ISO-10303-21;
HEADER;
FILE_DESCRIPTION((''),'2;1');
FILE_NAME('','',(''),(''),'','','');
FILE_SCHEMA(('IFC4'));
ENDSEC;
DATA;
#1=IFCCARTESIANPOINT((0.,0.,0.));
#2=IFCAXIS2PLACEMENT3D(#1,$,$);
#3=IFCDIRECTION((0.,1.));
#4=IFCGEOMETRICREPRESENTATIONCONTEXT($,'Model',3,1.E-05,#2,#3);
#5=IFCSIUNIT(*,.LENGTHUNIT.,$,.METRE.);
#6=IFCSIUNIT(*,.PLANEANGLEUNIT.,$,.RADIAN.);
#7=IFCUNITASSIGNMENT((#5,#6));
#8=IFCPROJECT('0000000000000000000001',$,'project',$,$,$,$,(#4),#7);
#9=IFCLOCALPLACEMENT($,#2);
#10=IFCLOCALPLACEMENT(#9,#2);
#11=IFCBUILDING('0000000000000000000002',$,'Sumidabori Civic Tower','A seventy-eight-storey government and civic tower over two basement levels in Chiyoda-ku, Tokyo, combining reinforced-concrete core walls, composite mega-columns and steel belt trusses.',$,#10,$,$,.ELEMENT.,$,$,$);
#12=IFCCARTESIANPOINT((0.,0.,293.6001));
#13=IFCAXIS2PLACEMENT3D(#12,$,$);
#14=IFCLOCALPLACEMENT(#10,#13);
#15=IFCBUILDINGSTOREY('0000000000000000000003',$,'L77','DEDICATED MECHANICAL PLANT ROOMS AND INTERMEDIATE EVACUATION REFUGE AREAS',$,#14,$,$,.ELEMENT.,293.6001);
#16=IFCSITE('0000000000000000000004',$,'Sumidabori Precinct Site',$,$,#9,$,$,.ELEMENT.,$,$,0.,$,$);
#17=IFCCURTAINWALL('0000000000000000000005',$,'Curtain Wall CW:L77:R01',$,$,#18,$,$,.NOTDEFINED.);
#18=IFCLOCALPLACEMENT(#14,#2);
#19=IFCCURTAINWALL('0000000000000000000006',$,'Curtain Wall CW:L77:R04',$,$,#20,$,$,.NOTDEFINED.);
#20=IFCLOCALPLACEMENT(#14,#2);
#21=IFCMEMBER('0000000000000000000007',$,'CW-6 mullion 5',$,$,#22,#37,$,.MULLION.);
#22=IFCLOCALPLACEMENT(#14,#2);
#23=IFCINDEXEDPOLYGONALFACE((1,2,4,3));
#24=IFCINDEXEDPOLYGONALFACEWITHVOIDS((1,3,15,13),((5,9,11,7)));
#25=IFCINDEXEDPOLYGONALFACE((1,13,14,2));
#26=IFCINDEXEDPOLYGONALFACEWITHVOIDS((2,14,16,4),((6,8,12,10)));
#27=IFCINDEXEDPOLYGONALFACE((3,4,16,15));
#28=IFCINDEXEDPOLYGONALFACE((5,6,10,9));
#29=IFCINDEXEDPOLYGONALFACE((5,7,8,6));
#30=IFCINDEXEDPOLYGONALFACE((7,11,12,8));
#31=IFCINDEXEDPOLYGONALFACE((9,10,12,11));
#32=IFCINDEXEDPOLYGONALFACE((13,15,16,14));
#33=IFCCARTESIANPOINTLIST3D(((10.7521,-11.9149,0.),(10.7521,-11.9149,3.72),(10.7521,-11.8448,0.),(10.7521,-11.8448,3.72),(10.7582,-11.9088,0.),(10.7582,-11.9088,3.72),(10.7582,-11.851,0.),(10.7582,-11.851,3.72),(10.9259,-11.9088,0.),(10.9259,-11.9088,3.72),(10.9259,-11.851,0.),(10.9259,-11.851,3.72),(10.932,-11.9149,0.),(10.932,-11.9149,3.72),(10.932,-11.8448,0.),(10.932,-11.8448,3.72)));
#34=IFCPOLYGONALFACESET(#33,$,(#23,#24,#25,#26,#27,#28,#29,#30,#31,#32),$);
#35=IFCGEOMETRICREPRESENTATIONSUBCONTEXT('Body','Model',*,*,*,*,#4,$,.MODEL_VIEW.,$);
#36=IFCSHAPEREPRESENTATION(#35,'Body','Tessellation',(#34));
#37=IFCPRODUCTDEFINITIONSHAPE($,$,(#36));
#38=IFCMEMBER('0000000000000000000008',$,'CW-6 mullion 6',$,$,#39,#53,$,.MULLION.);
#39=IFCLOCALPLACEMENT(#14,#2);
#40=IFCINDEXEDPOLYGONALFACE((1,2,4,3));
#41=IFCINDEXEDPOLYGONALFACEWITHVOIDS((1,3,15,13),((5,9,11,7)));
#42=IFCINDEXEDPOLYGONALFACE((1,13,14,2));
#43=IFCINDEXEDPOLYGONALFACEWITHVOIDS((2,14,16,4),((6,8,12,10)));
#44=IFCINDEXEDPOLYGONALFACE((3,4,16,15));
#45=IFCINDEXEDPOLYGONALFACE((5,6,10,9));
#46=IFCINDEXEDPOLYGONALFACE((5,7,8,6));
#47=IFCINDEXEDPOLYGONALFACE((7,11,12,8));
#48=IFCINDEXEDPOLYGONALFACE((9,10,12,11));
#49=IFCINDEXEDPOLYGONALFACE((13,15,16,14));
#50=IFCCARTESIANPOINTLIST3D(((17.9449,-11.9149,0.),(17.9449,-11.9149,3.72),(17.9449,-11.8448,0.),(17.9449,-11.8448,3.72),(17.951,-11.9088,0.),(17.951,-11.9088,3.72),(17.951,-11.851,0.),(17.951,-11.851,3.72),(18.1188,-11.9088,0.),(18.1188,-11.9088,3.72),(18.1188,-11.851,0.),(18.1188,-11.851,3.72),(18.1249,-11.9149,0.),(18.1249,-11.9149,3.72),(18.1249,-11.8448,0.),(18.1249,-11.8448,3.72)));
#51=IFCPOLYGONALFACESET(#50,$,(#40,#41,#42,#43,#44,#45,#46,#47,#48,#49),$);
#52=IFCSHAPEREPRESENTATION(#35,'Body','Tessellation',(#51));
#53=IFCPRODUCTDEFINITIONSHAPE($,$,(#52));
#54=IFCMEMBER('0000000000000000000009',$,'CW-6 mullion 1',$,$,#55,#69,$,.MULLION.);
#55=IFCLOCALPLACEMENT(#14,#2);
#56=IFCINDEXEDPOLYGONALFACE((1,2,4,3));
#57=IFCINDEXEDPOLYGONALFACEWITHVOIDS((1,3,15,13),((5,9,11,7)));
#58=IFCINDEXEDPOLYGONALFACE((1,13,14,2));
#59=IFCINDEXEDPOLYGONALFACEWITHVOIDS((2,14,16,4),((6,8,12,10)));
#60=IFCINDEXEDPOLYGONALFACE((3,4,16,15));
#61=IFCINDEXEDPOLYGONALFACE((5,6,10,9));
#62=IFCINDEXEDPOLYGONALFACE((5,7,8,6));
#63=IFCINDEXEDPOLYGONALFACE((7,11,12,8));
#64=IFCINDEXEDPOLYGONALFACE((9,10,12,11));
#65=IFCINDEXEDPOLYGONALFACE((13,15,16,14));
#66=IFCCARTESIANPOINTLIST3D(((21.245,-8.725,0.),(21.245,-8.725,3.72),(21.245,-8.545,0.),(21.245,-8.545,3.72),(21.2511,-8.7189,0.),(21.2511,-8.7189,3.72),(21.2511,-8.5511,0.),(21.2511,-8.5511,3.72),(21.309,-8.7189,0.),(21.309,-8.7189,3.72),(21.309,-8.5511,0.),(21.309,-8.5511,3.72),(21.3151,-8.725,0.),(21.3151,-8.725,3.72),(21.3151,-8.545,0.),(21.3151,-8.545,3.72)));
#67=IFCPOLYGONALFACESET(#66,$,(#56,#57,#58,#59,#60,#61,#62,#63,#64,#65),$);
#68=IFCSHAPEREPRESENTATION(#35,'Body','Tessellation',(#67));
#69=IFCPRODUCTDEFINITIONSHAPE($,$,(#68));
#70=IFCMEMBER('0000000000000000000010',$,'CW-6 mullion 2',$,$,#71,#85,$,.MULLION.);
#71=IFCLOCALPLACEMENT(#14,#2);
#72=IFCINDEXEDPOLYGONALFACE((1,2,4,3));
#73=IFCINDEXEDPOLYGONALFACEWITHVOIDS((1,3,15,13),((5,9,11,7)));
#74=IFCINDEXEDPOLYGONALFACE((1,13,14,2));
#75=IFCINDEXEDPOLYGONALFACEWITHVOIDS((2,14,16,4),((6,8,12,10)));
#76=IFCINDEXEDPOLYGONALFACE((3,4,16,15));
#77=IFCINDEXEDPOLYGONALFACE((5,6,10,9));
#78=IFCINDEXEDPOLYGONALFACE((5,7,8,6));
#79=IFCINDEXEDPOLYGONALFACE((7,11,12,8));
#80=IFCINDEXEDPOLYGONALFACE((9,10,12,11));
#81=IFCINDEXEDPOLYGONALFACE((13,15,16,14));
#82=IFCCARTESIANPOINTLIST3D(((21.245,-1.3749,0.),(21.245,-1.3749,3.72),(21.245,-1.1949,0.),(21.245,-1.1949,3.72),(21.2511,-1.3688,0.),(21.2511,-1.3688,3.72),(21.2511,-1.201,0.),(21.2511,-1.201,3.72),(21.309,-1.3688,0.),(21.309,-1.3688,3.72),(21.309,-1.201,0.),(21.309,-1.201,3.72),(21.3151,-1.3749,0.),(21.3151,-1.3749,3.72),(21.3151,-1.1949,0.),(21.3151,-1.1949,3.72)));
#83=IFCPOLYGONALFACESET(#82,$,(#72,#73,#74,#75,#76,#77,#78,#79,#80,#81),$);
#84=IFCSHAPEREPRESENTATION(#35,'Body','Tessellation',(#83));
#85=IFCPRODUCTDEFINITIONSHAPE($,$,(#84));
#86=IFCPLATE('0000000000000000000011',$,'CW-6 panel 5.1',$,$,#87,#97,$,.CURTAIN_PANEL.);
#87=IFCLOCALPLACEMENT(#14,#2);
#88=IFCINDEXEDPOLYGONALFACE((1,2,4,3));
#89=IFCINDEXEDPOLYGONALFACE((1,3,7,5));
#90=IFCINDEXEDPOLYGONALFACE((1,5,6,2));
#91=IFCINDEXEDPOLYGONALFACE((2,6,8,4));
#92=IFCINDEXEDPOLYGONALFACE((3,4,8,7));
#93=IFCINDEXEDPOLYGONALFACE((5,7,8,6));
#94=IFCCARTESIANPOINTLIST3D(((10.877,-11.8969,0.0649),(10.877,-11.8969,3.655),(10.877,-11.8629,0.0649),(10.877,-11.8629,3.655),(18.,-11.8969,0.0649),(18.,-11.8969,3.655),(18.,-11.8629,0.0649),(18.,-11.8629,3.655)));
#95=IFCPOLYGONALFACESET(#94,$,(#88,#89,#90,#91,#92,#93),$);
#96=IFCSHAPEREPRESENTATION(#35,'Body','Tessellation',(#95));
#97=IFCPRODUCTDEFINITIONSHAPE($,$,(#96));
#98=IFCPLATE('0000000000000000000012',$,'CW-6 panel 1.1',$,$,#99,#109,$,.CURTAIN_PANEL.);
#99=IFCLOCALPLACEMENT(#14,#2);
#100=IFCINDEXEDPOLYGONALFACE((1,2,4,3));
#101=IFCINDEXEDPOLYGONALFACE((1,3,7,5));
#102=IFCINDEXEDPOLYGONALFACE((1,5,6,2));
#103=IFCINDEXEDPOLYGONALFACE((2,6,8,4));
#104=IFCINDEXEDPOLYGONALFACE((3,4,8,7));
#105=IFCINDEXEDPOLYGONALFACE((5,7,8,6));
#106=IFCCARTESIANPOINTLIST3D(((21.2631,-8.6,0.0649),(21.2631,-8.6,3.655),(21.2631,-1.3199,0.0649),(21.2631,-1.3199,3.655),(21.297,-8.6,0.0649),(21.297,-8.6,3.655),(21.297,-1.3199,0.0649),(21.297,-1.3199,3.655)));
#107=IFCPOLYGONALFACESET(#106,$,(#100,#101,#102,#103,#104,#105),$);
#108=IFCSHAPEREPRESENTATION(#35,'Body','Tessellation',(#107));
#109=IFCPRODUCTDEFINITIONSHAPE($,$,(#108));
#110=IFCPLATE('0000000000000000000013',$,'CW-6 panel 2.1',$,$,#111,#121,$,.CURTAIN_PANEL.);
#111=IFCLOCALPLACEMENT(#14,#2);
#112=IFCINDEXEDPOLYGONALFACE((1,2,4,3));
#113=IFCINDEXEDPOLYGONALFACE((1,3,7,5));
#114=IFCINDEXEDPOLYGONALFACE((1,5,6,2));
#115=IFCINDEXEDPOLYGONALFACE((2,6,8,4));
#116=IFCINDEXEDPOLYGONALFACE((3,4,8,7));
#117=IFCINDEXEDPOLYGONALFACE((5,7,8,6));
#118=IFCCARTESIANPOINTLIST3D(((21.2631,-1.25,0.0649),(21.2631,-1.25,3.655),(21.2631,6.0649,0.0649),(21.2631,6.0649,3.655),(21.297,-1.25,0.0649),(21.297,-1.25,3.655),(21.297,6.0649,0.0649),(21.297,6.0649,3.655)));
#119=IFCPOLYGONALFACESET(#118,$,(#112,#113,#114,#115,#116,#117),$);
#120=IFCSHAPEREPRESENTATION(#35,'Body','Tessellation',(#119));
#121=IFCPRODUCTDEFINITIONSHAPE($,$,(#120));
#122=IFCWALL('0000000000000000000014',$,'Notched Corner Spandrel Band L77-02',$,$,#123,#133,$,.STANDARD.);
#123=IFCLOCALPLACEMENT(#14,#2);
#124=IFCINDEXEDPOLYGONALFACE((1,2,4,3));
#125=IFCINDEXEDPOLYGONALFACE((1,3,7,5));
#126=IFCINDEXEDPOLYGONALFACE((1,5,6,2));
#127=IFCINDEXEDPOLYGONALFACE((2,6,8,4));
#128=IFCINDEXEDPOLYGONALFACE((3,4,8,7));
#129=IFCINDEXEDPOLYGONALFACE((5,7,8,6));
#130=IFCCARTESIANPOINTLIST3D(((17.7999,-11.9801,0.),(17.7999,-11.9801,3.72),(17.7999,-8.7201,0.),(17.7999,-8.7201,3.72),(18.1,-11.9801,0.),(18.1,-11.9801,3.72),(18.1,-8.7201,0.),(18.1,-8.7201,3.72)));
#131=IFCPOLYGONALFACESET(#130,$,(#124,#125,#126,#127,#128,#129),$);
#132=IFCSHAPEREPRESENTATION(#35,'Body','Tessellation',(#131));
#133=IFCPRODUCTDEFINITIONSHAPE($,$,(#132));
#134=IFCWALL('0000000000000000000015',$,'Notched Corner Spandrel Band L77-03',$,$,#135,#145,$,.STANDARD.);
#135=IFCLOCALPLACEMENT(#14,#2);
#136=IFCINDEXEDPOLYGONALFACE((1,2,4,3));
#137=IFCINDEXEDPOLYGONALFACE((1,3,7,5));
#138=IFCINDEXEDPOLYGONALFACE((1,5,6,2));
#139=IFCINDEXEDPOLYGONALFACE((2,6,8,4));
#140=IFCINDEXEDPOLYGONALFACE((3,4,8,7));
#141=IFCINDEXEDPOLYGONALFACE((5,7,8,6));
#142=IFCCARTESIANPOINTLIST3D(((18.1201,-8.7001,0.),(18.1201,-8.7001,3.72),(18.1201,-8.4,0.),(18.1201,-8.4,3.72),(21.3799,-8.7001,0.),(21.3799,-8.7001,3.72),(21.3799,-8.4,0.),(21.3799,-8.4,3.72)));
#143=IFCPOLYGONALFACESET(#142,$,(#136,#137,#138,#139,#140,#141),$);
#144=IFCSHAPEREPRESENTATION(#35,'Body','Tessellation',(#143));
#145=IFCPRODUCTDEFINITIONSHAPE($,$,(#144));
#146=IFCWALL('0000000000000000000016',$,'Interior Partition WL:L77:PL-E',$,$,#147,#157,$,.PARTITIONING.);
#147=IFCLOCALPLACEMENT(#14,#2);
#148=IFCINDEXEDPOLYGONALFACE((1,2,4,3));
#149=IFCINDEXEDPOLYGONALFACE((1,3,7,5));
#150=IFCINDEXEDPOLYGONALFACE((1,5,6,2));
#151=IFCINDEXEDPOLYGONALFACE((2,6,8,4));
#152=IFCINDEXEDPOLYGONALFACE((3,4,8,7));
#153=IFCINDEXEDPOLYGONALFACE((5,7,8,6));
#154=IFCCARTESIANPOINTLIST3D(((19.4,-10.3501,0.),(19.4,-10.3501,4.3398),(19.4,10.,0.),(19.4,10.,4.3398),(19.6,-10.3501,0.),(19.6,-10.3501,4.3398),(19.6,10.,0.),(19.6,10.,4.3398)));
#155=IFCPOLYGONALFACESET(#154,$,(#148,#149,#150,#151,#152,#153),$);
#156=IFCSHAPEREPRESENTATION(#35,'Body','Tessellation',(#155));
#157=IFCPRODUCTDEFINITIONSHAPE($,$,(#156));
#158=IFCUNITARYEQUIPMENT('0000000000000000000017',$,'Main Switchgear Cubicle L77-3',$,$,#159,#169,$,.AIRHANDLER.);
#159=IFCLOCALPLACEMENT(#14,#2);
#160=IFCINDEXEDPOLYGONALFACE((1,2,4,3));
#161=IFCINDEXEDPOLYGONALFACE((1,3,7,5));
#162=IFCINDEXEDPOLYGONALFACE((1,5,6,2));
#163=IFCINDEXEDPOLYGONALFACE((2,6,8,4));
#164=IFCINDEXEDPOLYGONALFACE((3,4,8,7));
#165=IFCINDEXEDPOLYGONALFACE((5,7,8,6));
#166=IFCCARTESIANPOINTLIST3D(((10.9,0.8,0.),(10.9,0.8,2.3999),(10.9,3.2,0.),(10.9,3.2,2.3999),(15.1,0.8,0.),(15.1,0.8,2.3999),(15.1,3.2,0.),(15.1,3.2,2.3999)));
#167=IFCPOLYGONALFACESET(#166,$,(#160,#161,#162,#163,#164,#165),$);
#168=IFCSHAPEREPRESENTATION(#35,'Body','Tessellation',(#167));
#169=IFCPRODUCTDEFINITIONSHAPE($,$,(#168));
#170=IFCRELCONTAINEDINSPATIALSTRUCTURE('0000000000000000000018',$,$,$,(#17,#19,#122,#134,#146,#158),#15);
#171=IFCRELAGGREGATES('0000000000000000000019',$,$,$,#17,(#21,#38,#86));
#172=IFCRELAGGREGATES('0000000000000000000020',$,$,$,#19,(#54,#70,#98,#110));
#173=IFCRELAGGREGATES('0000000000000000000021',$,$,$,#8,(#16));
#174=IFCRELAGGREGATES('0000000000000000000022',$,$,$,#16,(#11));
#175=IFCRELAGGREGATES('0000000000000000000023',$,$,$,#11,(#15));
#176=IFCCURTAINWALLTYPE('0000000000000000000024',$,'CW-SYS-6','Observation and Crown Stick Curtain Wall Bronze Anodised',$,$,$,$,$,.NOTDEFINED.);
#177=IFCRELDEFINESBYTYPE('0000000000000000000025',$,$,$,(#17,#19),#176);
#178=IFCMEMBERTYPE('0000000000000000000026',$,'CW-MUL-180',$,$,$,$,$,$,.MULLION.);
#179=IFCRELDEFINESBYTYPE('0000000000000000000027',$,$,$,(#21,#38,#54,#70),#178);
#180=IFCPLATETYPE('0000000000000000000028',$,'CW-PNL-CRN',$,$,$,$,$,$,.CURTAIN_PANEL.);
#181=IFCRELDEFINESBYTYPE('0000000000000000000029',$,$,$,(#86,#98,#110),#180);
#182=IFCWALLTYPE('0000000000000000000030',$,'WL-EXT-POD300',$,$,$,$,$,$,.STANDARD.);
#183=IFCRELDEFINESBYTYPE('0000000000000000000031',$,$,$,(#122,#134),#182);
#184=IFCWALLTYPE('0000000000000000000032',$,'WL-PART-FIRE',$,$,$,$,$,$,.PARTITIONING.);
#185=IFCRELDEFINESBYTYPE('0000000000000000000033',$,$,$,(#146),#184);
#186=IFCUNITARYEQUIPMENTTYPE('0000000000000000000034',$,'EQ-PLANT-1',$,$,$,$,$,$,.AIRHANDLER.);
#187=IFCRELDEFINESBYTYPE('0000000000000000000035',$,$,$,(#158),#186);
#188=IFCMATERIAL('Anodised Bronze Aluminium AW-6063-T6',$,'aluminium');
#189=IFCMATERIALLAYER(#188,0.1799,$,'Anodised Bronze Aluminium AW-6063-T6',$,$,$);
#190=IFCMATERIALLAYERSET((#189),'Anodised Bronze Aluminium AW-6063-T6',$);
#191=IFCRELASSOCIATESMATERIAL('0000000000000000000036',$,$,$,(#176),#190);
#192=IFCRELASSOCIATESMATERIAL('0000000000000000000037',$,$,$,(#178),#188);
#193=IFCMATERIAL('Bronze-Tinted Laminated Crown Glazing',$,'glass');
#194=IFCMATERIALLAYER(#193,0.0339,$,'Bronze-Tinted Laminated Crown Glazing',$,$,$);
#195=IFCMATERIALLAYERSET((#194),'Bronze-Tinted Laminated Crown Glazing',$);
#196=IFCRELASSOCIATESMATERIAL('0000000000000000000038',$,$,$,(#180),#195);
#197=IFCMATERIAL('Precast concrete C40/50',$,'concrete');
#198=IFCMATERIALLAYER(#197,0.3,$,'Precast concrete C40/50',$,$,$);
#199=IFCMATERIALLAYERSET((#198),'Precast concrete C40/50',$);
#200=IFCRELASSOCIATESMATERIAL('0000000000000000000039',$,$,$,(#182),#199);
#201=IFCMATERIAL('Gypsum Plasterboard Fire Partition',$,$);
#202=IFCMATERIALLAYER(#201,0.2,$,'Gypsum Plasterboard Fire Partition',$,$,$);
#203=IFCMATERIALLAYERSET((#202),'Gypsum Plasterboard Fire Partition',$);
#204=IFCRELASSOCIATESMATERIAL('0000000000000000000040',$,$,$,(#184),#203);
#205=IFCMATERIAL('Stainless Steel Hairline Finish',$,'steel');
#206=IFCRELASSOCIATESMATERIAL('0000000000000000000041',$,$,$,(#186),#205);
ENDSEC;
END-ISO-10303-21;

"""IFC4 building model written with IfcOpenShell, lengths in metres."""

from ifc_helpers import new_model, si_unit, direction, frame, frame_2d, origin, origin_2d, place, context, subcontext, project, spatial, rectangle, hollow_rectangle, extrude, source, transform, mapped, material, layer, layer_set, material_profile, profile_set, type_object, element, aggregate, save


model = new_model("IFC4")

# Units and contexts
model_context = context("Model", 3, precision=1e-05, world=origin(), true_north=direction((0.0, 1.0)))
body_context = subcontext(model_context, "Body", "Model", "MODEL_VIEW")
ifc_project = project(units=[si_unit("LENGTHUNIT", "METRE"), si_unit("PLANEANGLEUNIT", "RADIAN")], contexts=[model_context])

# Site, building, storey
site_placement = place(None, origin())
site = spatial("IfcSite", under=ifc_project, at=site_placement, Name="Sumidabori Precinct Site", CompositionType="ELEMENT", RefElevation=0.0)
building_placement = place(site_placement, origin())
building = spatial("IfcBuilding", under=site, at=building_placement, Name="Sumidabori Civic Tower", Description="A seventy-eight-storey government and civic tower over two basement levels in Chiyoda-ku, Tokyo, combining reinforced-concrete core walls, composite mega-columns and steel belt trusses.", CompositionType="ELEMENT")
storey_placement = place(building_placement, frame((0.0, 0.0, 293.6001)))
storey = spatial("IfcBuildingStorey", under=building, at=storey_placement, Name="L77", Description="DEDICATED MECHANICAL PLANT ROOMS AND INTERMEDIATE EVACUATION REFUGE AREAS", CompositionType="ELEMENT", Elevation=293.6001)

# Curtain walls
ifc_material_1 = material(Name="Anodised Bronze Aluminium AW-6063-T6", Category="aluminium")
ifc_layer_1 = layer(ifc_material_1, 0.1799, Name="Anodised Bronze Aluminium AW-6063-T6")
ifc_layer_set_1 = layer_set([ifc_layer_1], Name="Anodised Bronze Aluminium AW-6063-T6")
curtain_wall_type = type_object("IfcCurtainWallType", Name="CW-SYS-6", Description="Observation and Crown Stick Curtain Wall Bronze Anodised", PredefinedType="NOTDEFINED", material=ifc_layer_set_1)
curtain_wall_1_placement = place(storey_placement, origin())
curtain_wall_1 = element("IfcCurtainWall", 1, at=curtain_wall_1_placement, inside=storey, type_object=curtain_wall_type, Name="Curtain Wall CW:L77:R01", PredefinedType="NOTDEFINED")
curtain_wall_2_placement = place(storey_placement, origin())
curtain_wall_2 = element("IfcCurtainWall", 2, at=curtain_wall_2_placement, inside=storey, type_object=curtain_wall_type, Name="Curtain Wall CW:L77:R04", PredefinedType="NOTDEFINED")

# Members
ifc_material_profile_1 = material_profile(ifc_material_1, hollow_rectangle(XDim=0.0701, YDim=0.1799, WallThickness=0.0061, at=origin_2d()), Name="ALU MULLION 180x70")
ifc_profile_set_1 = profile_set([ifc_material_profile_1], Name="Anodised Bronze Aluminium AW-6063-T6")
member_type_1 = type_object("IfcMemberType", Name="CW-MUL-180", PredefinedType="MULLION", material=ifc_profile_set_1)
shared_shape_1 = source(origin(), body_context, "Body", "SweptSolid", [
    extrude(hollow_rectangle(XDim=0.0701, YDim=0.1799, WallThickness=0.0061, at=origin_2d()), origin(), (0.0, 0.0, 1.0), 3.72),
])
member_1_placement = place(storey_placement, frame((10.842, -11.8799, 0.0), z_axis=(0.0, 0.0, 1.0), x_axis=(0.0, 1.0, 0.0)))
member_1 = element("IfcMember", 3, at=member_1_placement, type_object=member_type_1, Name="CW-6 mullion 5", PredefinedType="MULLION", context=body_context, shape_type="MappedRepresentation", body=[
    mapped(shared_shape_1, transform((0.0, 0.0, 0.0), x_axis=(1.0, 0.0, 0.0), y_axis=(0.0, 1.0, 0.0), z_axis=(0.0, 0.0, 1.0), scale=1.0)),
])
member_2_placement = place(storey_placement, frame((18.0349, -11.8799, 0.0), z_axis=(0.0, 0.0, 1.0), x_axis=(0.0, 1.0, 0.0)))
member_2 = element("IfcMember", 4, at=member_2_placement, type_object=member_type_1, Name="CW-6 mullion 6", PredefinedType="MULLION", context=body_context, shape_type="MappedRepresentation", body=[
    mapped(shared_shape_1, transform((0.0, 0.0, 0.0), x_axis=(1.0, 0.0, 0.0), y_axis=(0.0, 1.0, 0.0), z_axis=(0.0, 0.0, 1.0), scale=1.0)),
])
member_3_placement = place(storey_placement, frame((21.28, -8.635, 0.0), z_axis=(0.0, 0.0, 1.0), x_axis=(-1.0, 0.0, 0.0)))
member_3 = element("IfcMember", 5, at=member_3_placement, type_object=member_type_1, Name="CW-6 mullion 1", PredefinedType="MULLION", context=body_context, shape_type="MappedRepresentation", body=[
    mapped(shared_shape_1, transform((0.0, 0.0, 0.0), x_axis=(1.0, 0.0, 0.0), y_axis=(0.0, 1.0, 0.0), z_axis=(0.0, 0.0, 1.0), scale=1.0)),
])
member_4_placement = place(storey_placement, frame((21.28, -1.2849, 0.0), z_axis=(0.0, 0.0, 1.0), x_axis=(-1.0, 0.0, 0.0)))
member_4 = element("IfcMember", 6, at=member_4_placement, type_object=member_type_1, Name="CW-6 mullion 2", PredefinedType="MULLION", context=body_context, shape_type="MappedRepresentation", body=[
    mapped(shared_shape_1, transform((0.0, 0.0, 0.0), x_axis=(1.0, 0.0, 0.0), y_axis=(0.0, 1.0, 0.0), z_axis=(0.0, 0.0, 1.0), scale=1.0)),
])

# Plates
ifc_material_2 = material(Name="Bronze-Tinted Laminated Crown Glazing", Category="glass")
ifc_layer_2 = layer(ifc_material_2, 0.0339, Name="Bronze-Tinted Laminated Crown Glazing")
ifc_layer_set_2 = layer_set([ifc_layer_2], Name="Bronze-Tinted Laminated Crown Glazing")
plate_type = type_object("IfcPlateType", Name="CW-PNL-CRN", PredefinedType="CURTAIN_PANEL", material=ifc_layer_set_2)
shared_shape_2 = source(origin(), body_context, "Body", "SweptSolid", [
    extrude(rectangle(XDim=7.123, YDim=0.0339, at=origin_2d()), origin(), (0.0, 0.0, 1.0), 3.5901),
])
plate_1_placement = place(storey_placement, frame((14.4385, -11.8799, 0.0649), z_axis=(0.0, 0.0, 1.0), x_axis=(1.0, 0.0, 0.0)))
plate_1 = element("IfcPlate", 7, at=plate_1_placement, type_object=plate_type, Name="CW-6 panel 5.1", PredefinedType="CURTAIN_PANEL", context=body_context, shape_type="MappedRepresentation", body=[
    mapped(shared_shape_2, transform((0.0, 0.0, 0.0), x_axis=(1.0, 0.0, 0.0), y_axis=(0.0, 1.0, 0.0), z_axis=(0.0, 0.0, 1.0), scale=1.0)),
])
aggregate(curtain_wall_1, [member_1, member_2, plate_1])
shared_shape_3 = source(origin(), body_context, "Body", "SweptSolid", [
    extrude(rectangle(XDim=7.28, YDim=0.0339, at=origin_2d()), origin(), (0.0, 0.0, 1.0), 3.5901),
])
plate_2_placement = place(storey_placement, frame((21.28, -4.96, 0.0649), z_axis=(0.0, 0.0, 1.0), x_axis=(0.0, 1.0, 0.0)))
plate_2 = element("IfcPlate", 8, at=plate_2_placement, type_object=plate_type, Name="CW-6 panel 1.1", PredefinedType="CURTAIN_PANEL", context=body_context, shape_type="MappedRepresentation", body=[
    mapped(shared_shape_3, transform((0.0, 0.0, 0.0), x_axis=(1.0, 0.0, 0.0), y_axis=(0.0, 1.0, 0.0), z_axis=(0.0, 0.0, 1.0), scale=1.0)),
])
shared_shape_4 = source(origin(), body_context, "Body", "SweptSolid", [
    extrude(rectangle(XDim=7.3149, YDim=0.0339, at=origin_2d()), origin(), (0.0, 0.0, 1.0), 3.5901),
])
plate_3_placement = place(storey_placement, frame((21.28, 2.4075, 0.0649), z_axis=(0.0, 0.0, 1.0), x_axis=(0.0, 1.0, 0.0)))
plate_3 = element("IfcPlate", 9, at=plate_3_placement, type_object=plate_type, Name="CW-6 panel 2.1", PredefinedType="CURTAIN_PANEL", context=body_context, shape_type="MappedRepresentation", body=[
    mapped(shared_shape_4, transform((0.0, 0.0, 0.0), x_axis=(1.0, 0.0, 0.0), y_axis=(0.0, 1.0, 0.0), z_axis=(0.0, 0.0, 1.0), scale=1.0)),
])
aggregate(curtain_wall_2, [member_3, member_4, plate_2, plate_3])

# Walls
ifc_material_3 = material(Name="Precast concrete C40/50", Category="concrete")
ifc_layer_3 = layer(ifc_material_3, 0.3, Name="Precast concrete C40/50")
ifc_layer_set_3 = layer_set([ifc_layer_3], Name="Precast concrete C40/50")
wall_type_1 = type_object("IfcWallType", Name="WL-EXT-POD300", PredefinedType="STANDARD", material=ifc_layer_set_3)
shared_shape_5 = source(origin(), body_context, "Body", "SweptSolid", [
    extrude(rectangle(XDim=3.26, YDim=0.3, at=frame_2d((1.6299, 0.0))), origin(), (0.0, 0.0, 1.0), 3.72),
])
wall_1_placement = place(storey_placement, frame((17.95, -11.98, 0.0), z_axis=(0.0, 0.0, 1.0), x_axis=(0.0, 1.0, 0.0)))
element("IfcWall", 10, at=wall_1_placement, inside=storey, type_object=wall_type_1, Name="Notched Corner Spandrel Band L77-02", PredefinedType="STANDARD", context=body_context, shape_type="MappedRepresentation", body=[
    mapped(shared_shape_5, transform((0.0, 0.0, 0.0), x_axis=(1.0, 0.0, 0.0), y_axis=(0.0, 1.0, 0.0), z_axis=(0.0, 0.0, 1.0), scale=1.0)),
])
shared_shape_6 = source(origin(), body_context, "Body", "SweptSolid", [
    extrude(rectangle(XDim=3.2598, YDim=0.3, at=frame_2d((1.6299, 0.0))), origin(), (0.0, 0.0, 1.0), 3.72),
])
wall_2_placement = place(storey_placement, frame((18.1201, -8.55, 0.0), z_axis=(0.0, 0.0, 1.0), x_axis=(1.0, 0.0, 0.0)))
element("IfcWall", 11, at=wall_2_placement, inside=storey, type_object=wall_type_1, Name="Notched Corner Spandrel Band L77-03", PredefinedType="STANDARD", context=body_context, shape_type="MappedRepresentation", body=[
    mapped(shared_shape_6, transform((0.0, 0.0, 0.0), x_axis=(1.0, 0.0, 0.0), y_axis=(0.0, 1.0, 0.0), z_axis=(0.0, 0.0, 1.0), scale=1.0)),
])
ifc_material_4 = material(Name="Gypsum Plasterboard Fire Partition")
ifc_layer_4 = layer(ifc_material_4, 0.2, Name="Gypsum Plasterboard Fire Partition")
ifc_layer_set_4 = layer_set([ifc_layer_4], Name="Gypsum Plasterboard Fire Partition")
wall_type_2 = type_object("IfcWallType", Name="WL-PART-FIRE", PredefinedType="PARTITIONING", material=ifc_layer_set_4)
shared_shape_7 = source(origin(), body_context, "Body", "SweptSolid", [
    extrude(rectangle(XDim=20.3501, YDim=0.2, at=frame_2d((10.175, 0.0))), origin(), (0.0, 0.0, 1.0), 4.3398),
])
wall_3_placement = place(storey_placement, frame((19.5, -10.3501, 0.0), z_axis=(0.0, 0.0, 1.0), x_axis=(0.0, 1.0, 0.0)))
element("IfcWall", 12, at=wall_3_placement, inside=storey, type_object=wall_type_2, Name="Interior Partition WL:L77:PL-E", PredefinedType="PARTITIONING", context=body_context, shape_type="MappedRepresentation", body=[
    mapped(shared_shape_7, transform((0.0, 0.0, 0.0), x_axis=(1.0, 0.0, 0.0), y_axis=(0.0, 1.0, 0.0), z_axis=(0.0, 0.0, 1.0), scale=1.0)),
])

# Unitary equipment
ifc_material_5 = material(Name="Stainless Steel Hairline Finish", Category="steel")
unitary_equipment_type = type_object("IfcUnitaryEquipmentType", Name="EQ-PLANT-1", PredefinedType="AIRHANDLER", material=ifc_material_5)
shared_shape_8 = source(origin(), body_context, "Body", "SweptSolid", [
    extrude(rectangle(XDim=4.2, YDim=2.3999, at=origin_2d()), origin(), (0.0, 0.0, 1.0), 2.3999),
])
unitary_equipment_placement = place(storey_placement, frame((13.0, 2.0, 0.0), z_axis=(0.0, 0.0, 1.0), x_axis=(1.0, 0.0, 0.0)))
element("IfcUnitaryEquipment", 13, at=unitary_equipment_placement, inside=storey, type_object=unitary_equipment_type, Name="Main Switchgear Cubicle L77-3", PredefinedType="AIRHANDLER", context=body_context, shape_type="MappedRepresentation", body=[
    mapped(shared_shape_8, transform((0.0, 0.0, 0.0), x_axis=(1.0, 0.0, 0.0), y_axis=(0.0, 1.0, 0.0), z_axis=(0.0, 0.0, 1.0), scale=1.0)),
])

save(model, "model.ifc")
